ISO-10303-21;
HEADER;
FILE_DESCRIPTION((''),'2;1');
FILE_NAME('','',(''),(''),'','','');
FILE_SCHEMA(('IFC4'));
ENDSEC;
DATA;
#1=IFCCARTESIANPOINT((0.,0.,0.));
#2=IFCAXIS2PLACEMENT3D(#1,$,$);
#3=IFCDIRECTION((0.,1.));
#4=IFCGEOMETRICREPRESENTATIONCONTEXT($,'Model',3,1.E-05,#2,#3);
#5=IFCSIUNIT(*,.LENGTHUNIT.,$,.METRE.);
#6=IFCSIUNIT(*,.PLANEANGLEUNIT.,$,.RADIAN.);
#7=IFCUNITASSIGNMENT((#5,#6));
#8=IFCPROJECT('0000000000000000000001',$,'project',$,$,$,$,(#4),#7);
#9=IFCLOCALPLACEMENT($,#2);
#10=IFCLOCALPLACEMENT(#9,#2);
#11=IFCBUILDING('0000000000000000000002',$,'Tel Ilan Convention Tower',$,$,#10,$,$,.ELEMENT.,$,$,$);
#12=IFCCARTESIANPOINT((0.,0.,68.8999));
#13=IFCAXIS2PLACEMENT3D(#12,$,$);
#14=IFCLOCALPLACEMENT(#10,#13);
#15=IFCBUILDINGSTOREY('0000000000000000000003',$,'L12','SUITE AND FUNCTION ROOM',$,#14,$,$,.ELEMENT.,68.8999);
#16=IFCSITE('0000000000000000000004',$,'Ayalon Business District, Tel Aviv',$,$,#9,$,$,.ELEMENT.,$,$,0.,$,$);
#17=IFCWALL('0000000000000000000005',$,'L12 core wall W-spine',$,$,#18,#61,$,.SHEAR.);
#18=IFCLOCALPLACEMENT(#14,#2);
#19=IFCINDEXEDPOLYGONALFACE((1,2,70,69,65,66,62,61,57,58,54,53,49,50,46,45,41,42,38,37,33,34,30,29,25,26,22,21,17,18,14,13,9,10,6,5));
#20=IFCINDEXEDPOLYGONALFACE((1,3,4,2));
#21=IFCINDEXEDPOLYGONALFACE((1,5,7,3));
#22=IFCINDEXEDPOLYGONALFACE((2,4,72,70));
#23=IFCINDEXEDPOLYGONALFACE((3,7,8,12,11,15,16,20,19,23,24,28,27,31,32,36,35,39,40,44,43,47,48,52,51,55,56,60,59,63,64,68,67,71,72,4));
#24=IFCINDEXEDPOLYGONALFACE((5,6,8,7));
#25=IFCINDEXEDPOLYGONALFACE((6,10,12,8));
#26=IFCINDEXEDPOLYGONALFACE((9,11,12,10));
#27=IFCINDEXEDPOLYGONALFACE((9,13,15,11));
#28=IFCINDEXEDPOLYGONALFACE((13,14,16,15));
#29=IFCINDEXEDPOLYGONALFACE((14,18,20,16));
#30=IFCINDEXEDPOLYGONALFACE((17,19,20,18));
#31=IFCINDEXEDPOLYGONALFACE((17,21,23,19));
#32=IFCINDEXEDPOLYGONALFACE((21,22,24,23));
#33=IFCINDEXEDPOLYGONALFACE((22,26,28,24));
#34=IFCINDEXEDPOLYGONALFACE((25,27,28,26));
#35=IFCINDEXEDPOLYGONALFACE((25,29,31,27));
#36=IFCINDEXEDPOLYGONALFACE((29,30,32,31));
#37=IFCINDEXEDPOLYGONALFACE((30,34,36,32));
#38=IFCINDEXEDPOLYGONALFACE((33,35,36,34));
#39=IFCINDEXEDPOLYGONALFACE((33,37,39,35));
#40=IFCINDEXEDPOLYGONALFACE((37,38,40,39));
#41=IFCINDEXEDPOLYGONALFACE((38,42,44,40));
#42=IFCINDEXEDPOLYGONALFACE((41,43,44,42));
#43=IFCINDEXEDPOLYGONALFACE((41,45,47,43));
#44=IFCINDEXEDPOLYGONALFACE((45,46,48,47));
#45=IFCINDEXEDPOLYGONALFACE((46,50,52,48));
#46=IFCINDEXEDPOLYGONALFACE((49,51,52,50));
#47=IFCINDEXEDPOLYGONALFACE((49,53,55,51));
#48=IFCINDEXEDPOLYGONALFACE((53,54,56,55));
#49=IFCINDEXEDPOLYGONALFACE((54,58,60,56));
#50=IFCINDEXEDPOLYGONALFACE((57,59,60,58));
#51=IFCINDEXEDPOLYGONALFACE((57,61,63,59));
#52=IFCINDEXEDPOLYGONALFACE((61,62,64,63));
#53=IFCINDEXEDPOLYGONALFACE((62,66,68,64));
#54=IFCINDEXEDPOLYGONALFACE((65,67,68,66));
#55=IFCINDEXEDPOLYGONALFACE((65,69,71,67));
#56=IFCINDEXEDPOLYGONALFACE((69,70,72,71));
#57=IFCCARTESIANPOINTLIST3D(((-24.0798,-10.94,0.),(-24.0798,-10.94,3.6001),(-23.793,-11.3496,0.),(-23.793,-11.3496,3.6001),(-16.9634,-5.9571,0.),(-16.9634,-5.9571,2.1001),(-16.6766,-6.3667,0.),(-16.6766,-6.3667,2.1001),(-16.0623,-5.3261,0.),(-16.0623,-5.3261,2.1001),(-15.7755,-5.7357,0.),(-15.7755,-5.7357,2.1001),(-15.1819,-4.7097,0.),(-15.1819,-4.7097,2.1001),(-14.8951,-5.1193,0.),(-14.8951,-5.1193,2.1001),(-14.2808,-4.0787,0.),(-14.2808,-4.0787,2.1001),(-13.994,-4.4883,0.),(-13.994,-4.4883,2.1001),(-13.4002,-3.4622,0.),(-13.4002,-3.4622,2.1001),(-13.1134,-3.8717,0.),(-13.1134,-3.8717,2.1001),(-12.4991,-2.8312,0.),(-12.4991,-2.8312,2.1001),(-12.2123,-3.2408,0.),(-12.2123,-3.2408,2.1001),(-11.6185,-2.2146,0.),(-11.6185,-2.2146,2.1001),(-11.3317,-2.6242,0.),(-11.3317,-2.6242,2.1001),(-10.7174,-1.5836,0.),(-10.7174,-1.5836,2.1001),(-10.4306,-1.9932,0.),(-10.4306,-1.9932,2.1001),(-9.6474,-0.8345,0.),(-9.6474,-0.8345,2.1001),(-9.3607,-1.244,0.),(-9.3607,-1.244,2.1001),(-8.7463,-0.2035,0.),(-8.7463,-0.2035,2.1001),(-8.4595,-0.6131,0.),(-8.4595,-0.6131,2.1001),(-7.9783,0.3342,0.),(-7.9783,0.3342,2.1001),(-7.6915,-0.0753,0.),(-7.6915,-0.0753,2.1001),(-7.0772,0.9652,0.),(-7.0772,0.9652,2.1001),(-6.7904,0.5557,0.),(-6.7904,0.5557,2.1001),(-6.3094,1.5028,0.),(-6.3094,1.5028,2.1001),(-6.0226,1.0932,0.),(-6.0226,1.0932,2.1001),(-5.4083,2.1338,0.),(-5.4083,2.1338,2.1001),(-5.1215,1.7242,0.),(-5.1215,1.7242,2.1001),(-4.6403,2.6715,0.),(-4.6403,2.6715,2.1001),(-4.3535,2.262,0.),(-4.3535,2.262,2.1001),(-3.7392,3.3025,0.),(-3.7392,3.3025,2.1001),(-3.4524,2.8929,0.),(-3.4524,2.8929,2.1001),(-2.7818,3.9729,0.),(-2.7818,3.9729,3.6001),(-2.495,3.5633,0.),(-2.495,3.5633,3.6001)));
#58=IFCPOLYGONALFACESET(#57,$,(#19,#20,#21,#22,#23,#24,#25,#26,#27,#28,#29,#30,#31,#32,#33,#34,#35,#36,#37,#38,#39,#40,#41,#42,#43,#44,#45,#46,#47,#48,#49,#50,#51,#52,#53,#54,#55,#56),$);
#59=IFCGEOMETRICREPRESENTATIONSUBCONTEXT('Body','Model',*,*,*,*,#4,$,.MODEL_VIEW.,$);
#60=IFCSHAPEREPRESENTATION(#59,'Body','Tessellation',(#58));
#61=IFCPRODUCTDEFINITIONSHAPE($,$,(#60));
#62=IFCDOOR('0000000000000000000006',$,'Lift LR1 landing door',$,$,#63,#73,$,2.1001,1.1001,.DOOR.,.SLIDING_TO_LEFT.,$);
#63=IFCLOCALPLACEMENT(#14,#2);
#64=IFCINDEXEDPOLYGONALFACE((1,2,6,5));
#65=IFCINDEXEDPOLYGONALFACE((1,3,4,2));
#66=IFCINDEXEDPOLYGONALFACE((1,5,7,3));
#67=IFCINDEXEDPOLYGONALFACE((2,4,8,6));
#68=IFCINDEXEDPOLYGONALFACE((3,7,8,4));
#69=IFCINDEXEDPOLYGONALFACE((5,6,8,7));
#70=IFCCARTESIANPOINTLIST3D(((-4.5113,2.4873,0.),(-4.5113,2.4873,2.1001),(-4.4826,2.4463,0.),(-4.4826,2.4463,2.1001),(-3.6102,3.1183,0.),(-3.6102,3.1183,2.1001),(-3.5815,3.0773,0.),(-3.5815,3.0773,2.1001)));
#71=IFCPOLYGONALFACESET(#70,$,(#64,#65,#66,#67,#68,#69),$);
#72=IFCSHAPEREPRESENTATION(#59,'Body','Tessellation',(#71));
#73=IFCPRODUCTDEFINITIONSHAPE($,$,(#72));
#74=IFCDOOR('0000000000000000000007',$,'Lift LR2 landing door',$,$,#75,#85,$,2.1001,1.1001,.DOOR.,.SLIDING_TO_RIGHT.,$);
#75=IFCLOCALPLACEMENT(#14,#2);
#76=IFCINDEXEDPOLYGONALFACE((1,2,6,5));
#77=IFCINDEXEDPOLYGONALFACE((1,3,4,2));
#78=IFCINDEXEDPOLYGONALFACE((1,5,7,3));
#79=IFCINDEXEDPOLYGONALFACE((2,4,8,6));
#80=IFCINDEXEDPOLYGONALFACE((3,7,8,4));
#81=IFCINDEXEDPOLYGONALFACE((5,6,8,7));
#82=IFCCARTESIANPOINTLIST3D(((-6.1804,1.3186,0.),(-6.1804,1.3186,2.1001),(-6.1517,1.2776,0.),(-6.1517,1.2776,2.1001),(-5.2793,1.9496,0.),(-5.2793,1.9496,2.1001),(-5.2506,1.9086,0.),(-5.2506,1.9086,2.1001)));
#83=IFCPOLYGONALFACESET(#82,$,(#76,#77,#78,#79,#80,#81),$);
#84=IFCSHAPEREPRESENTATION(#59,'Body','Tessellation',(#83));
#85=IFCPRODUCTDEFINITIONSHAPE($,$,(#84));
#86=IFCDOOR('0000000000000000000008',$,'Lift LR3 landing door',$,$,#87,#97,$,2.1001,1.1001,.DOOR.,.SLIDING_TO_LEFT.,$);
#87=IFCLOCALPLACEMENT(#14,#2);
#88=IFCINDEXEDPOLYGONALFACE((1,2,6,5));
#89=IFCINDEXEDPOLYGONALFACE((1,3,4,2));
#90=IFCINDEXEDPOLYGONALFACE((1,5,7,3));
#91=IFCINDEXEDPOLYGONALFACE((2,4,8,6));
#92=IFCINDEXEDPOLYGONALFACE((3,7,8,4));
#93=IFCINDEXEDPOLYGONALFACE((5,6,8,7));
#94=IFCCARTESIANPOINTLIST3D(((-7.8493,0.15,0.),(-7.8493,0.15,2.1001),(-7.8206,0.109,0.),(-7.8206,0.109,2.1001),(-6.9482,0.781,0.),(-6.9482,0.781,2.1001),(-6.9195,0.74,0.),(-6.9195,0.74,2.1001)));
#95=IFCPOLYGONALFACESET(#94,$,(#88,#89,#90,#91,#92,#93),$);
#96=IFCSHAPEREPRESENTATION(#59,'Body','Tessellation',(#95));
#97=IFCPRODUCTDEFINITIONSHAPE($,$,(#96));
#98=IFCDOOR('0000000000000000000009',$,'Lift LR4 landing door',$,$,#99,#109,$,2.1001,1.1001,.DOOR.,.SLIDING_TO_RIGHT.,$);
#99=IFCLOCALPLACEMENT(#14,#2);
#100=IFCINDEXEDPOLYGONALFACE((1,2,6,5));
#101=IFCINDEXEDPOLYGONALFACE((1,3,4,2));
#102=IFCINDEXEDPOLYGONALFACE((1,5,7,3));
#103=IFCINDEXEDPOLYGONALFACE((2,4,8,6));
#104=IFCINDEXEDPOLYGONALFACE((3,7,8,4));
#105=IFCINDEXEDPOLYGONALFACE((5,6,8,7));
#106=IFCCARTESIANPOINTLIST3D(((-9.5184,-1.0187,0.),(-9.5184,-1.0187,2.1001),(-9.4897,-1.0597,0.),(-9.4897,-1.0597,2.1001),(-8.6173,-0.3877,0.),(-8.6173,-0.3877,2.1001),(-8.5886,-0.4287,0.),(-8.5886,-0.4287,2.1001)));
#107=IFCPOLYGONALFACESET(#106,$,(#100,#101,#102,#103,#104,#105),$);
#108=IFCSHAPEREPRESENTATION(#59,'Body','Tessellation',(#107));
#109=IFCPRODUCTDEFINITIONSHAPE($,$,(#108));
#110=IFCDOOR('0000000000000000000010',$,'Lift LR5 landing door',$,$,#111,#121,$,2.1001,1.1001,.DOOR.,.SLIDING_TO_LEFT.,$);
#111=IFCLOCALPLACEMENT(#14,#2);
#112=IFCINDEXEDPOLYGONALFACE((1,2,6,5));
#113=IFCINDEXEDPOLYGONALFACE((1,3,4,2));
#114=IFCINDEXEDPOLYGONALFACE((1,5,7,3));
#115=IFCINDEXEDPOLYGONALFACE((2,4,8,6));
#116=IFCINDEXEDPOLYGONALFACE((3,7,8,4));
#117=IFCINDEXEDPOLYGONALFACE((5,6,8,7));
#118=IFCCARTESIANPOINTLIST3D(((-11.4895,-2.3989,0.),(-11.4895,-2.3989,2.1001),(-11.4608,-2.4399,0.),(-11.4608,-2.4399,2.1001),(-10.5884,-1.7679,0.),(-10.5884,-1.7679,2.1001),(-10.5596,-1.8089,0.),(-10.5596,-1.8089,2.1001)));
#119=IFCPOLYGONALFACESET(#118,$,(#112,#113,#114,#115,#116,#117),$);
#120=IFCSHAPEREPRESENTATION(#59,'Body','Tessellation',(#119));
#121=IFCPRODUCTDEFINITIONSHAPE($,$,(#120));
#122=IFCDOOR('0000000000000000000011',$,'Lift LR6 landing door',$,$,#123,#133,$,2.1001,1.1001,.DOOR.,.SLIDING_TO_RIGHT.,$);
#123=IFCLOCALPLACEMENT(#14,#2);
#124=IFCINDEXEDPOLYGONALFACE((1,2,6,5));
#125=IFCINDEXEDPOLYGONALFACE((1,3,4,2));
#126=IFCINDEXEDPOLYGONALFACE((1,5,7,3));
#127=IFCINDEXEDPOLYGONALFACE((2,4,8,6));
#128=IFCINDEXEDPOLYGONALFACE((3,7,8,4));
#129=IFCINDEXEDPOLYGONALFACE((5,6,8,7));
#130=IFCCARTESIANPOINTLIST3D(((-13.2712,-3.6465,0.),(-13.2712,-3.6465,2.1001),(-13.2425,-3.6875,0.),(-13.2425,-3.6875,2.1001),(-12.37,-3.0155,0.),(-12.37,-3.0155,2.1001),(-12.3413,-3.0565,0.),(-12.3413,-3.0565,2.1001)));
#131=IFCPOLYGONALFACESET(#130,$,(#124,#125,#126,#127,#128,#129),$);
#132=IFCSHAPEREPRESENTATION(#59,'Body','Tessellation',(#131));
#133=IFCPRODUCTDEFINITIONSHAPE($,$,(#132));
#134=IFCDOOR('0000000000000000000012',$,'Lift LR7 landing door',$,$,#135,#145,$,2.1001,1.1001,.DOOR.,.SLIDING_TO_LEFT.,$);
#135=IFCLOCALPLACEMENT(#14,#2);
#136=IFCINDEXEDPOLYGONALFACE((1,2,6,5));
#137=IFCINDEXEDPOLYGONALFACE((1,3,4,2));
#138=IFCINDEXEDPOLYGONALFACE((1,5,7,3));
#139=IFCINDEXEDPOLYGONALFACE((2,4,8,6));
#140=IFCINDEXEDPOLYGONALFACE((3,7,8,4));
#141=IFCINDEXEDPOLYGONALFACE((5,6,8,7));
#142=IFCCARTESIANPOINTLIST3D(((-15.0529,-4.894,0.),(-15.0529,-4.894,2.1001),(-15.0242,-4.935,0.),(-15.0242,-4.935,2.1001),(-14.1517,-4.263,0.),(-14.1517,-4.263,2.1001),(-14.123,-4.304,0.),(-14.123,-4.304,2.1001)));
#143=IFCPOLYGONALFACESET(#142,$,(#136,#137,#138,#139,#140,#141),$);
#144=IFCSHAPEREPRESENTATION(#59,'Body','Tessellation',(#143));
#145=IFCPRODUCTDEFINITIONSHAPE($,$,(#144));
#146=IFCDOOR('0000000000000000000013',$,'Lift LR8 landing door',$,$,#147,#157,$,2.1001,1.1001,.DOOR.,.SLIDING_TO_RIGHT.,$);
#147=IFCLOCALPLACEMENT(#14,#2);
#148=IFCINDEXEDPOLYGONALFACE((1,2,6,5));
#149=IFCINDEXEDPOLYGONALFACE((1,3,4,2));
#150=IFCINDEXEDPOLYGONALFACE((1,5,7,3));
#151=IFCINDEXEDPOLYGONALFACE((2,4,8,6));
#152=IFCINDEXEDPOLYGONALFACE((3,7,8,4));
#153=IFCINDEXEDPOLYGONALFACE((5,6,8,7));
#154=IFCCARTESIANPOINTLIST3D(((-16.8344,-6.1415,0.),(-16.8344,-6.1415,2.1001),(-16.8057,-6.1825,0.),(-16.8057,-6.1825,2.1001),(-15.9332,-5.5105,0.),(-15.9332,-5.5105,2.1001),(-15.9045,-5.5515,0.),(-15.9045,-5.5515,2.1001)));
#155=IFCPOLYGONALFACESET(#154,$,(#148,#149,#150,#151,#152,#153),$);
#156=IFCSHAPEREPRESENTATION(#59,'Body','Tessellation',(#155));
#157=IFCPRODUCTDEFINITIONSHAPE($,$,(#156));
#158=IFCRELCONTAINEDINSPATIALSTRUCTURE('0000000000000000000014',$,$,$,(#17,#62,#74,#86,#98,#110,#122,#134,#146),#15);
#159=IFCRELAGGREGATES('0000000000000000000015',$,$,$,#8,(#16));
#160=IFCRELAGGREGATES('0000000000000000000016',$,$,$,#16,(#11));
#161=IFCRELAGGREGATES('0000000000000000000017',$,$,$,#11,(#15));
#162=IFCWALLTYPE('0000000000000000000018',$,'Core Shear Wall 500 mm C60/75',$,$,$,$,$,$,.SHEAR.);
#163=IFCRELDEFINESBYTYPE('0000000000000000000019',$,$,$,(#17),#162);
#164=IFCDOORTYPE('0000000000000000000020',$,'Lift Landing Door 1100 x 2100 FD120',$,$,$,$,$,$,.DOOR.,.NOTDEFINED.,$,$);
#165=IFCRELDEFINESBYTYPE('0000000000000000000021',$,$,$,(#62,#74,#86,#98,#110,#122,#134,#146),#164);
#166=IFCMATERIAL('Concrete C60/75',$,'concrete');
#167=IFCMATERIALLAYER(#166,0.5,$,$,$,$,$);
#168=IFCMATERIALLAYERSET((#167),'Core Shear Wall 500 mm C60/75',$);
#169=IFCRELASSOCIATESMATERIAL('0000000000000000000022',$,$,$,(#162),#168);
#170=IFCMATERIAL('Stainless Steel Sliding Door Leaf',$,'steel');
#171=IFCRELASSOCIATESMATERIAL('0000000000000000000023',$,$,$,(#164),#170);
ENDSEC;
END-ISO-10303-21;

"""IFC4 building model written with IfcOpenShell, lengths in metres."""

from ifc_helpers import new_model, si_unit, direction, frame, frame_2d, origin, place, context, subcontext, project, spatial, polyline, rectangle, outline, extrude, material, layer, layer_set, type_object, element, fill, save


model = new_model("IFC4")

# Units and contexts
model_context = context("Model", 3, precision=1e-05, world=origin(), true_north=direction((0.0, 1.0)))
body_context = subcontext(model_context, "Body", "Model", "MODEL_VIEW")
ifc_project = project(units=[si_unit("LENGTHUNIT", "METRE"), si_unit("PLANEANGLEUNIT", "RADIAN")], contexts=[model_context])

# Site, building, storey
site_placement = place(None, origin())
site = spatial("IfcSite", under=ifc_project, at=site_placement, Name="Ayalon Business District, Tel Aviv", CompositionType="ELEMENT", RefElevation=0.0)
building_placement = place(site_placement, origin())
building = spatial("IfcBuilding", under=site, at=building_placement, Name="Tel Ilan Convention Tower", CompositionType="ELEMENT")
storey_placement = place(building_placement, frame((0.0, 0.0, 68.8999)))
storey = spatial("IfcBuildingStorey", under=building, at=storey_placement, Name="L12", Description="SUITE AND FUNCTION ROOM", CompositionType="ELEMENT", Elevation=68.8999)

# Wall, openings, doors
ifc_material_1 = material(Name="Concrete C60/75", Category="concrete")
ifc_layer_1 = layer(ifc_material_1, 0.5)
ifc_layer_set_1 = layer_set([ifc_layer_1], Name="Core Shear Wall 500 mm C60/75")
wall_type_1 = type_object("IfcWallType", Name="Core Shear Wall 500 mm C60/75", PredefinedType="SHEAR", material=ifc_layer_set_1)
wall_1_placement = place(storey_placement, frame((-2.6384, 3.7681, 0.0), z_axis=(0.0, 0.0, 1.0), x_axis=(-0.819149, -0.573581, 0.0)))
wall_1 = element("IfcWall", 1, at=wall_1_placement, inside=storey, type_object=wall_type_1, Name="L12 core wall W-spine", PredefinedType="SHEAR", context=body_context, shape_type="SweptSolid", body=[
    extrude(outline(polyline([(26.0, 0.2498), (0.0, 0.25), (0.0, -0.25), (26.0, -0.2502), (26.0, 0.2498)])), origin(), (0.0, 0.0, 1.0), 3.6001),
])
opening_1_placement = place(wall_1_placement, frame((1.1687, 0.0, 0.0)))
opening_1 = element("IfcOpeningElement", 2, at=opening_1_placement, cuts=wall_1, PredefinedType="OPENING", context=body_context, shape_type="SweptSolid", body=[
    extrude(rectangle(XDim=1.1001, YDim=2.1001, at=frame_2d((0.55, 1.05))), frame((0.0, 0.26, 0.0), z_axis=(0.0, -1.0, 0.0), x_axis=(1.0, 0.0, 0.0)), (0.0, 0.0, 1.0), 0.52),
])
opening_2_placement = place(wall_1_placement, frame((3.2063, 0.0, 0.0)))
opening_2 = element("IfcOpeningElement", 3, at=opening_2_placement, cuts=wall_1, PredefinedType="OPENING", context=body_context, shape_type="SweptSolid", body=[
    extrude(rectangle(XDim=1.1001, YDim=2.1001, at=frame_2d((0.55, 1.05))), frame((0.0, 0.26, 0.0), z_axis=(0.0, -1.0, 0.0), x_axis=(1.0, 0.0, 0.0)), (0.0, 0.0, 1.0), 0.52),
])
opening_3_placement = place(wall_1_placement, frame((5.2437, 0.0, 0.0)))
opening_3 = element("IfcOpeningElement", 4, at=opening_3_placement, cuts=wall_1, PredefinedType="OPENING", context=body_context, shape_type="SweptSolid", body=[
    extrude(rectangle(XDim=1.1001, YDim=2.1001, at=frame_2d((0.55, 1.05))), frame((0.0, 0.26, 0.0), z_axis=(0.0, -1.0, 0.0), x_axis=(1.0, 0.0, 0.0)), (0.0, 0.0, 1.0), 0.52),
])
opening_4_placement = place(wall_1_placement, frame((7.2812, 0.0, 0.0)))
opening_4 = element("IfcOpeningElement", 5, at=opening_4_placement, cuts=wall_1, PredefinedType="OPENING", context=body_context, shape_type="SweptSolid", body=[
    extrude(rectangle(XDim=1.1001, YDim=2.1001, at=frame_2d((0.55, 1.05))), frame((0.0, 0.26, 0.0), z_axis=(0.0, -1.0, 0.0), x_axis=(1.0, 0.0, 0.0)), (0.0, 0.0, 1.0), 0.52),
])
opening_5_placement = place(wall_1_placement, frame((9.6875, 0.0, 0.0)))
opening_5 = element("IfcOpeningElement", 6, at=opening_5_placement, cuts=wall_1, PredefinedType="OPENING", context=body_context, shape_type="SweptSolid", body=[
    extrude(rectangle(XDim=1.1001, YDim=2.1001, at=frame_2d((0.55, 1.05))), frame((0.0, 0.26, 0.0), z_axis=(0.0, -1.0, 0.0), x_axis=(1.0, 0.0, 0.0)), (0.0, 0.0, 1.0), 0.52),
])
opening_6_placement = place(wall_1_placement, frame((11.8625, 0.0, 0.0)))
opening_6 = element("IfcOpeningElement", 7, at=opening_6_placement, cuts=wall_1, PredefinedType="OPENING", context=body_context, shape_type="SweptSolid", body=[
    extrude(rectangle(XDim=1.1001, YDim=2.1001, at=frame_2d((0.55, 1.05))), frame((0.0, 0.26, 0.0), z_axis=(0.0, -1.0, 0.0), x_axis=(1.0, 0.0, 0.0)), (0.0, 0.0, 1.0), 0.52),
])
opening_7_placement = place(wall_1_placement, frame((14.0376, 0.0, 0.0)))
opening_7 = element("IfcOpeningElement", 8, at=opening_7_placement, cuts=wall_1, PredefinedType="OPENING", context=body_context, shape_type="SweptSolid", body=[
    extrude(rectangle(XDim=1.1001, YDim=2.1001, at=frame_2d((0.55, 1.05))), frame((0.0, 0.26, 0.0), z_axis=(0.0, -1.0, 0.0), x_axis=(1.0, 0.0, 0.0)), (0.0, 0.0, 1.0), 0.52),
])
opening_8_placement = place(wall_1_placement, frame((16.2124, 0.0, 0.0)))
opening_8 = element("IfcOpeningElement", 9, at=opening_8_placement, cuts=wall_1, PredefinedType="OPENING", context=body_context, shape_type="SweptSolid", body=[
    extrude(rectangle(XDim=1.1001, YDim=2.1001, at=frame_2d((0.55, 1.05))), frame((0.0, 0.26, 0.0), z_axis=(0.0, -1.0, 0.0), x_axis=(1.0, 0.0, 0.0)), (0.0, 0.0, 1.0), 0.52),
])
ifc_material_2 = material(Name="Stainless Steel Sliding Door Leaf", Category="steel")
door_type = type_object("IfcDoorType", Name="Lift Landing Door 1100 x 2100 FD120", OperationType="NOTDEFINED", PredefinedType="DOOR", material=ifc_material_2)
door_1_placement = place(opening_1_placement, origin())
door_1 = element("IfcDoor", 10, at=door_1_placement, inside=storey, type_object=door_type, Name="Lift LR1 landing door", OperationType="SLIDING_TO_LEFT", OverallHeight=2.1001, OverallWidth=1.1001, PredefinedType="DOOR", context=body_context, shape_type="SweptSolid", body=[
    extrude(rectangle(XDim=1.1001, YDim=2.1001, at=frame_2d((0.55, 1.05))), frame((0.0, 0.0249, 0.0), z_axis=(0.0, -1.0, 0.0), x_axis=(1.0, 0.0, 0.0)), (0.0, 0.0, 1.0), 0.05),
])
fill(opening_1, door_1)
door_2_placement = place(opening_2_placement, origin())
door_2 = element("IfcDoor", 11, at=door_2_placement, inside=storey, type_object=door_type, Name="Lift LR2 landing door", OperationType="SLIDING_TO_RIGHT", OverallHeight=2.1001, OverallWidth=1.1001, PredefinedType="DOOR", context=body_context, shape_type="SweptSolid", body=[
    extrude(rectangle(XDim=1.1001, YDim=2.1001, at=frame_2d((0.55, 1.05))), frame((0.0, 0.0249, 0.0), z_axis=(0.0, -1.0, 0.0), x_axis=(1.0, 0.0, 0.0)), (0.0, 0.0, 1.0), 0.05),
])
fill(opening_2, door_2)
door_3_placement = place(opening_3_placement, origin())
door_3 = element("IfcDoor", 12, at=door_3_placement, inside=storey, type_object=door_type, Name="Lift LR3 landing door", OperationType="SLIDING_TO_LEFT", OverallHeight=2.1001, OverallWidth=1.1001, PredefinedType="DOOR", context=body_context, shape_type="SweptSolid", body=[
    extrude(rectangle(XDim=1.1001, YDim=2.1001, at=frame_2d((0.55, 1.05))), frame((0.0, 0.0249, 0.0), z_axis=(0.0, -1.0, 0.0), x_axis=(1.0, 0.0, 0.0)), (0.0, 0.0, 1.0), 0.05),
])
fill(opening_3, door_3)
door_4_placement = place(opening_4_placement, origin())
door_4 = element("IfcDoor", 13, at=door_4_placement, inside=storey, type_object=door_type, Name="Lift LR4 landing door", OperationType="SLIDING_TO_RIGHT", OverallHeight=2.1001, OverallWidth=1.1001, PredefinedType="DOOR", context=body_context, shape_type="SweptSolid", body=[
    extrude(rectangle(XDim=1.1001, YDim=2.1001, at=frame_2d((0.55, 1.05))), frame((0.0, 0.0249, 0.0), z_axis=(0.0, -1.0, 0.0), x_axis=(1.0, 0.0, 0.0)), (0.0, 0.0, 1.0), 0.05),
])
fill(opening_4, door_4)
door_5_placement = place(opening_5_placement, origin())
door_5 = element("IfcDoor", 14, at=door_5_placement, inside=storey, type_object=door_type, Name="Lift LR5 landing door", OperationType="SLIDING_TO_LEFT", OverallHeight=2.1001, OverallWidth=1.1001, PredefinedType="DOOR", context=body_context, shape_type="SweptSolid", body=[
    extrude(rectangle(XDim=1.1001, YDim=2.1001, at=frame_2d((0.55, 1.05))), frame((0.0, 0.0249, 0.0), z_axis=(0.0, -1.0, 0.0), x_axis=(1.0, 0.0, 0.0)), (0.0, 0.0, 1.0), 0.05),
])
fill(opening_5, door_5)
door_6_placement = place(opening_6_placement, origin())
door_6 = element("IfcDoor", 15, at=door_6_placement, inside=storey, type_object=door_type, Name="Lift LR6 landing door", OperationType="SLIDING_TO_RIGHT", OverallHeight=2.1001, OverallWidth=1.1001, PredefinedType="DOOR", context=body_context, shape_type="SweptSolid", body=[
    extrude(rectangle(XDim=1.1001, YDim=2.1001, at=frame_2d((0.55, 1.05))), frame((0.0, 0.0249, 0.0), z_axis=(0.0, -1.0, 0.0), x_axis=(1.0, 0.0, 0.0)), (0.0, 0.0, 1.0), 0.05),
])
fill(opening_6, door_6)
door_7_placement = place(opening_7_placement, origin())
door_7 = element("IfcDoor", 16, at=door_7_placement, inside=storey, type_object=door_type, Name="Lift LR7 landing door", OperationType="SLIDING_TO_LEFT", OverallHeight=2.1001, OverallWidth=1.1001, PredefinedType="DOOR", context=body_context, shape_type="SweptSolid", body=[
    extrude(rectangle(XDim=1.1001, YDim=2.1001, at=frame_2d((0.55, 1.05))), frame((0.0, 0.0249, 0.0), z_axis=(0.0, -1.0, 0.0), x_axis=(1.0, 0.0, 0.0)), (0.0, 0.0, 1.0), 0.05),
])
fill(opening_7, door_7)
door_8_placement = place(opening_8_placement, origin())
door_8 = element("IfcDoor", 17, at=door_8_placement, inside=storey, type_object=door_type, Name="Lift LR8 landing door", OperationType="SLIDING_TO_RIGHT", OverallHeight=2.1001, OverallWidth=1.1001, PredefinedType="DOOR", context=body_context, shape_type="SweptSolid", body=[
    extrude(rectangle(XDim=1.1001, YDim=2.1001, at=frame_2d((0.55, 1.05))), frame((0.0, 0.0249, 0.0), z_axis=(0.0, -1.0, 0.0), x_axis=(1.0, 0.0, 0.0)), (0.0, 0.0, 1.0), 0.05),
])
fill(opening_8, door_8)

save(model, "model.ifc")
